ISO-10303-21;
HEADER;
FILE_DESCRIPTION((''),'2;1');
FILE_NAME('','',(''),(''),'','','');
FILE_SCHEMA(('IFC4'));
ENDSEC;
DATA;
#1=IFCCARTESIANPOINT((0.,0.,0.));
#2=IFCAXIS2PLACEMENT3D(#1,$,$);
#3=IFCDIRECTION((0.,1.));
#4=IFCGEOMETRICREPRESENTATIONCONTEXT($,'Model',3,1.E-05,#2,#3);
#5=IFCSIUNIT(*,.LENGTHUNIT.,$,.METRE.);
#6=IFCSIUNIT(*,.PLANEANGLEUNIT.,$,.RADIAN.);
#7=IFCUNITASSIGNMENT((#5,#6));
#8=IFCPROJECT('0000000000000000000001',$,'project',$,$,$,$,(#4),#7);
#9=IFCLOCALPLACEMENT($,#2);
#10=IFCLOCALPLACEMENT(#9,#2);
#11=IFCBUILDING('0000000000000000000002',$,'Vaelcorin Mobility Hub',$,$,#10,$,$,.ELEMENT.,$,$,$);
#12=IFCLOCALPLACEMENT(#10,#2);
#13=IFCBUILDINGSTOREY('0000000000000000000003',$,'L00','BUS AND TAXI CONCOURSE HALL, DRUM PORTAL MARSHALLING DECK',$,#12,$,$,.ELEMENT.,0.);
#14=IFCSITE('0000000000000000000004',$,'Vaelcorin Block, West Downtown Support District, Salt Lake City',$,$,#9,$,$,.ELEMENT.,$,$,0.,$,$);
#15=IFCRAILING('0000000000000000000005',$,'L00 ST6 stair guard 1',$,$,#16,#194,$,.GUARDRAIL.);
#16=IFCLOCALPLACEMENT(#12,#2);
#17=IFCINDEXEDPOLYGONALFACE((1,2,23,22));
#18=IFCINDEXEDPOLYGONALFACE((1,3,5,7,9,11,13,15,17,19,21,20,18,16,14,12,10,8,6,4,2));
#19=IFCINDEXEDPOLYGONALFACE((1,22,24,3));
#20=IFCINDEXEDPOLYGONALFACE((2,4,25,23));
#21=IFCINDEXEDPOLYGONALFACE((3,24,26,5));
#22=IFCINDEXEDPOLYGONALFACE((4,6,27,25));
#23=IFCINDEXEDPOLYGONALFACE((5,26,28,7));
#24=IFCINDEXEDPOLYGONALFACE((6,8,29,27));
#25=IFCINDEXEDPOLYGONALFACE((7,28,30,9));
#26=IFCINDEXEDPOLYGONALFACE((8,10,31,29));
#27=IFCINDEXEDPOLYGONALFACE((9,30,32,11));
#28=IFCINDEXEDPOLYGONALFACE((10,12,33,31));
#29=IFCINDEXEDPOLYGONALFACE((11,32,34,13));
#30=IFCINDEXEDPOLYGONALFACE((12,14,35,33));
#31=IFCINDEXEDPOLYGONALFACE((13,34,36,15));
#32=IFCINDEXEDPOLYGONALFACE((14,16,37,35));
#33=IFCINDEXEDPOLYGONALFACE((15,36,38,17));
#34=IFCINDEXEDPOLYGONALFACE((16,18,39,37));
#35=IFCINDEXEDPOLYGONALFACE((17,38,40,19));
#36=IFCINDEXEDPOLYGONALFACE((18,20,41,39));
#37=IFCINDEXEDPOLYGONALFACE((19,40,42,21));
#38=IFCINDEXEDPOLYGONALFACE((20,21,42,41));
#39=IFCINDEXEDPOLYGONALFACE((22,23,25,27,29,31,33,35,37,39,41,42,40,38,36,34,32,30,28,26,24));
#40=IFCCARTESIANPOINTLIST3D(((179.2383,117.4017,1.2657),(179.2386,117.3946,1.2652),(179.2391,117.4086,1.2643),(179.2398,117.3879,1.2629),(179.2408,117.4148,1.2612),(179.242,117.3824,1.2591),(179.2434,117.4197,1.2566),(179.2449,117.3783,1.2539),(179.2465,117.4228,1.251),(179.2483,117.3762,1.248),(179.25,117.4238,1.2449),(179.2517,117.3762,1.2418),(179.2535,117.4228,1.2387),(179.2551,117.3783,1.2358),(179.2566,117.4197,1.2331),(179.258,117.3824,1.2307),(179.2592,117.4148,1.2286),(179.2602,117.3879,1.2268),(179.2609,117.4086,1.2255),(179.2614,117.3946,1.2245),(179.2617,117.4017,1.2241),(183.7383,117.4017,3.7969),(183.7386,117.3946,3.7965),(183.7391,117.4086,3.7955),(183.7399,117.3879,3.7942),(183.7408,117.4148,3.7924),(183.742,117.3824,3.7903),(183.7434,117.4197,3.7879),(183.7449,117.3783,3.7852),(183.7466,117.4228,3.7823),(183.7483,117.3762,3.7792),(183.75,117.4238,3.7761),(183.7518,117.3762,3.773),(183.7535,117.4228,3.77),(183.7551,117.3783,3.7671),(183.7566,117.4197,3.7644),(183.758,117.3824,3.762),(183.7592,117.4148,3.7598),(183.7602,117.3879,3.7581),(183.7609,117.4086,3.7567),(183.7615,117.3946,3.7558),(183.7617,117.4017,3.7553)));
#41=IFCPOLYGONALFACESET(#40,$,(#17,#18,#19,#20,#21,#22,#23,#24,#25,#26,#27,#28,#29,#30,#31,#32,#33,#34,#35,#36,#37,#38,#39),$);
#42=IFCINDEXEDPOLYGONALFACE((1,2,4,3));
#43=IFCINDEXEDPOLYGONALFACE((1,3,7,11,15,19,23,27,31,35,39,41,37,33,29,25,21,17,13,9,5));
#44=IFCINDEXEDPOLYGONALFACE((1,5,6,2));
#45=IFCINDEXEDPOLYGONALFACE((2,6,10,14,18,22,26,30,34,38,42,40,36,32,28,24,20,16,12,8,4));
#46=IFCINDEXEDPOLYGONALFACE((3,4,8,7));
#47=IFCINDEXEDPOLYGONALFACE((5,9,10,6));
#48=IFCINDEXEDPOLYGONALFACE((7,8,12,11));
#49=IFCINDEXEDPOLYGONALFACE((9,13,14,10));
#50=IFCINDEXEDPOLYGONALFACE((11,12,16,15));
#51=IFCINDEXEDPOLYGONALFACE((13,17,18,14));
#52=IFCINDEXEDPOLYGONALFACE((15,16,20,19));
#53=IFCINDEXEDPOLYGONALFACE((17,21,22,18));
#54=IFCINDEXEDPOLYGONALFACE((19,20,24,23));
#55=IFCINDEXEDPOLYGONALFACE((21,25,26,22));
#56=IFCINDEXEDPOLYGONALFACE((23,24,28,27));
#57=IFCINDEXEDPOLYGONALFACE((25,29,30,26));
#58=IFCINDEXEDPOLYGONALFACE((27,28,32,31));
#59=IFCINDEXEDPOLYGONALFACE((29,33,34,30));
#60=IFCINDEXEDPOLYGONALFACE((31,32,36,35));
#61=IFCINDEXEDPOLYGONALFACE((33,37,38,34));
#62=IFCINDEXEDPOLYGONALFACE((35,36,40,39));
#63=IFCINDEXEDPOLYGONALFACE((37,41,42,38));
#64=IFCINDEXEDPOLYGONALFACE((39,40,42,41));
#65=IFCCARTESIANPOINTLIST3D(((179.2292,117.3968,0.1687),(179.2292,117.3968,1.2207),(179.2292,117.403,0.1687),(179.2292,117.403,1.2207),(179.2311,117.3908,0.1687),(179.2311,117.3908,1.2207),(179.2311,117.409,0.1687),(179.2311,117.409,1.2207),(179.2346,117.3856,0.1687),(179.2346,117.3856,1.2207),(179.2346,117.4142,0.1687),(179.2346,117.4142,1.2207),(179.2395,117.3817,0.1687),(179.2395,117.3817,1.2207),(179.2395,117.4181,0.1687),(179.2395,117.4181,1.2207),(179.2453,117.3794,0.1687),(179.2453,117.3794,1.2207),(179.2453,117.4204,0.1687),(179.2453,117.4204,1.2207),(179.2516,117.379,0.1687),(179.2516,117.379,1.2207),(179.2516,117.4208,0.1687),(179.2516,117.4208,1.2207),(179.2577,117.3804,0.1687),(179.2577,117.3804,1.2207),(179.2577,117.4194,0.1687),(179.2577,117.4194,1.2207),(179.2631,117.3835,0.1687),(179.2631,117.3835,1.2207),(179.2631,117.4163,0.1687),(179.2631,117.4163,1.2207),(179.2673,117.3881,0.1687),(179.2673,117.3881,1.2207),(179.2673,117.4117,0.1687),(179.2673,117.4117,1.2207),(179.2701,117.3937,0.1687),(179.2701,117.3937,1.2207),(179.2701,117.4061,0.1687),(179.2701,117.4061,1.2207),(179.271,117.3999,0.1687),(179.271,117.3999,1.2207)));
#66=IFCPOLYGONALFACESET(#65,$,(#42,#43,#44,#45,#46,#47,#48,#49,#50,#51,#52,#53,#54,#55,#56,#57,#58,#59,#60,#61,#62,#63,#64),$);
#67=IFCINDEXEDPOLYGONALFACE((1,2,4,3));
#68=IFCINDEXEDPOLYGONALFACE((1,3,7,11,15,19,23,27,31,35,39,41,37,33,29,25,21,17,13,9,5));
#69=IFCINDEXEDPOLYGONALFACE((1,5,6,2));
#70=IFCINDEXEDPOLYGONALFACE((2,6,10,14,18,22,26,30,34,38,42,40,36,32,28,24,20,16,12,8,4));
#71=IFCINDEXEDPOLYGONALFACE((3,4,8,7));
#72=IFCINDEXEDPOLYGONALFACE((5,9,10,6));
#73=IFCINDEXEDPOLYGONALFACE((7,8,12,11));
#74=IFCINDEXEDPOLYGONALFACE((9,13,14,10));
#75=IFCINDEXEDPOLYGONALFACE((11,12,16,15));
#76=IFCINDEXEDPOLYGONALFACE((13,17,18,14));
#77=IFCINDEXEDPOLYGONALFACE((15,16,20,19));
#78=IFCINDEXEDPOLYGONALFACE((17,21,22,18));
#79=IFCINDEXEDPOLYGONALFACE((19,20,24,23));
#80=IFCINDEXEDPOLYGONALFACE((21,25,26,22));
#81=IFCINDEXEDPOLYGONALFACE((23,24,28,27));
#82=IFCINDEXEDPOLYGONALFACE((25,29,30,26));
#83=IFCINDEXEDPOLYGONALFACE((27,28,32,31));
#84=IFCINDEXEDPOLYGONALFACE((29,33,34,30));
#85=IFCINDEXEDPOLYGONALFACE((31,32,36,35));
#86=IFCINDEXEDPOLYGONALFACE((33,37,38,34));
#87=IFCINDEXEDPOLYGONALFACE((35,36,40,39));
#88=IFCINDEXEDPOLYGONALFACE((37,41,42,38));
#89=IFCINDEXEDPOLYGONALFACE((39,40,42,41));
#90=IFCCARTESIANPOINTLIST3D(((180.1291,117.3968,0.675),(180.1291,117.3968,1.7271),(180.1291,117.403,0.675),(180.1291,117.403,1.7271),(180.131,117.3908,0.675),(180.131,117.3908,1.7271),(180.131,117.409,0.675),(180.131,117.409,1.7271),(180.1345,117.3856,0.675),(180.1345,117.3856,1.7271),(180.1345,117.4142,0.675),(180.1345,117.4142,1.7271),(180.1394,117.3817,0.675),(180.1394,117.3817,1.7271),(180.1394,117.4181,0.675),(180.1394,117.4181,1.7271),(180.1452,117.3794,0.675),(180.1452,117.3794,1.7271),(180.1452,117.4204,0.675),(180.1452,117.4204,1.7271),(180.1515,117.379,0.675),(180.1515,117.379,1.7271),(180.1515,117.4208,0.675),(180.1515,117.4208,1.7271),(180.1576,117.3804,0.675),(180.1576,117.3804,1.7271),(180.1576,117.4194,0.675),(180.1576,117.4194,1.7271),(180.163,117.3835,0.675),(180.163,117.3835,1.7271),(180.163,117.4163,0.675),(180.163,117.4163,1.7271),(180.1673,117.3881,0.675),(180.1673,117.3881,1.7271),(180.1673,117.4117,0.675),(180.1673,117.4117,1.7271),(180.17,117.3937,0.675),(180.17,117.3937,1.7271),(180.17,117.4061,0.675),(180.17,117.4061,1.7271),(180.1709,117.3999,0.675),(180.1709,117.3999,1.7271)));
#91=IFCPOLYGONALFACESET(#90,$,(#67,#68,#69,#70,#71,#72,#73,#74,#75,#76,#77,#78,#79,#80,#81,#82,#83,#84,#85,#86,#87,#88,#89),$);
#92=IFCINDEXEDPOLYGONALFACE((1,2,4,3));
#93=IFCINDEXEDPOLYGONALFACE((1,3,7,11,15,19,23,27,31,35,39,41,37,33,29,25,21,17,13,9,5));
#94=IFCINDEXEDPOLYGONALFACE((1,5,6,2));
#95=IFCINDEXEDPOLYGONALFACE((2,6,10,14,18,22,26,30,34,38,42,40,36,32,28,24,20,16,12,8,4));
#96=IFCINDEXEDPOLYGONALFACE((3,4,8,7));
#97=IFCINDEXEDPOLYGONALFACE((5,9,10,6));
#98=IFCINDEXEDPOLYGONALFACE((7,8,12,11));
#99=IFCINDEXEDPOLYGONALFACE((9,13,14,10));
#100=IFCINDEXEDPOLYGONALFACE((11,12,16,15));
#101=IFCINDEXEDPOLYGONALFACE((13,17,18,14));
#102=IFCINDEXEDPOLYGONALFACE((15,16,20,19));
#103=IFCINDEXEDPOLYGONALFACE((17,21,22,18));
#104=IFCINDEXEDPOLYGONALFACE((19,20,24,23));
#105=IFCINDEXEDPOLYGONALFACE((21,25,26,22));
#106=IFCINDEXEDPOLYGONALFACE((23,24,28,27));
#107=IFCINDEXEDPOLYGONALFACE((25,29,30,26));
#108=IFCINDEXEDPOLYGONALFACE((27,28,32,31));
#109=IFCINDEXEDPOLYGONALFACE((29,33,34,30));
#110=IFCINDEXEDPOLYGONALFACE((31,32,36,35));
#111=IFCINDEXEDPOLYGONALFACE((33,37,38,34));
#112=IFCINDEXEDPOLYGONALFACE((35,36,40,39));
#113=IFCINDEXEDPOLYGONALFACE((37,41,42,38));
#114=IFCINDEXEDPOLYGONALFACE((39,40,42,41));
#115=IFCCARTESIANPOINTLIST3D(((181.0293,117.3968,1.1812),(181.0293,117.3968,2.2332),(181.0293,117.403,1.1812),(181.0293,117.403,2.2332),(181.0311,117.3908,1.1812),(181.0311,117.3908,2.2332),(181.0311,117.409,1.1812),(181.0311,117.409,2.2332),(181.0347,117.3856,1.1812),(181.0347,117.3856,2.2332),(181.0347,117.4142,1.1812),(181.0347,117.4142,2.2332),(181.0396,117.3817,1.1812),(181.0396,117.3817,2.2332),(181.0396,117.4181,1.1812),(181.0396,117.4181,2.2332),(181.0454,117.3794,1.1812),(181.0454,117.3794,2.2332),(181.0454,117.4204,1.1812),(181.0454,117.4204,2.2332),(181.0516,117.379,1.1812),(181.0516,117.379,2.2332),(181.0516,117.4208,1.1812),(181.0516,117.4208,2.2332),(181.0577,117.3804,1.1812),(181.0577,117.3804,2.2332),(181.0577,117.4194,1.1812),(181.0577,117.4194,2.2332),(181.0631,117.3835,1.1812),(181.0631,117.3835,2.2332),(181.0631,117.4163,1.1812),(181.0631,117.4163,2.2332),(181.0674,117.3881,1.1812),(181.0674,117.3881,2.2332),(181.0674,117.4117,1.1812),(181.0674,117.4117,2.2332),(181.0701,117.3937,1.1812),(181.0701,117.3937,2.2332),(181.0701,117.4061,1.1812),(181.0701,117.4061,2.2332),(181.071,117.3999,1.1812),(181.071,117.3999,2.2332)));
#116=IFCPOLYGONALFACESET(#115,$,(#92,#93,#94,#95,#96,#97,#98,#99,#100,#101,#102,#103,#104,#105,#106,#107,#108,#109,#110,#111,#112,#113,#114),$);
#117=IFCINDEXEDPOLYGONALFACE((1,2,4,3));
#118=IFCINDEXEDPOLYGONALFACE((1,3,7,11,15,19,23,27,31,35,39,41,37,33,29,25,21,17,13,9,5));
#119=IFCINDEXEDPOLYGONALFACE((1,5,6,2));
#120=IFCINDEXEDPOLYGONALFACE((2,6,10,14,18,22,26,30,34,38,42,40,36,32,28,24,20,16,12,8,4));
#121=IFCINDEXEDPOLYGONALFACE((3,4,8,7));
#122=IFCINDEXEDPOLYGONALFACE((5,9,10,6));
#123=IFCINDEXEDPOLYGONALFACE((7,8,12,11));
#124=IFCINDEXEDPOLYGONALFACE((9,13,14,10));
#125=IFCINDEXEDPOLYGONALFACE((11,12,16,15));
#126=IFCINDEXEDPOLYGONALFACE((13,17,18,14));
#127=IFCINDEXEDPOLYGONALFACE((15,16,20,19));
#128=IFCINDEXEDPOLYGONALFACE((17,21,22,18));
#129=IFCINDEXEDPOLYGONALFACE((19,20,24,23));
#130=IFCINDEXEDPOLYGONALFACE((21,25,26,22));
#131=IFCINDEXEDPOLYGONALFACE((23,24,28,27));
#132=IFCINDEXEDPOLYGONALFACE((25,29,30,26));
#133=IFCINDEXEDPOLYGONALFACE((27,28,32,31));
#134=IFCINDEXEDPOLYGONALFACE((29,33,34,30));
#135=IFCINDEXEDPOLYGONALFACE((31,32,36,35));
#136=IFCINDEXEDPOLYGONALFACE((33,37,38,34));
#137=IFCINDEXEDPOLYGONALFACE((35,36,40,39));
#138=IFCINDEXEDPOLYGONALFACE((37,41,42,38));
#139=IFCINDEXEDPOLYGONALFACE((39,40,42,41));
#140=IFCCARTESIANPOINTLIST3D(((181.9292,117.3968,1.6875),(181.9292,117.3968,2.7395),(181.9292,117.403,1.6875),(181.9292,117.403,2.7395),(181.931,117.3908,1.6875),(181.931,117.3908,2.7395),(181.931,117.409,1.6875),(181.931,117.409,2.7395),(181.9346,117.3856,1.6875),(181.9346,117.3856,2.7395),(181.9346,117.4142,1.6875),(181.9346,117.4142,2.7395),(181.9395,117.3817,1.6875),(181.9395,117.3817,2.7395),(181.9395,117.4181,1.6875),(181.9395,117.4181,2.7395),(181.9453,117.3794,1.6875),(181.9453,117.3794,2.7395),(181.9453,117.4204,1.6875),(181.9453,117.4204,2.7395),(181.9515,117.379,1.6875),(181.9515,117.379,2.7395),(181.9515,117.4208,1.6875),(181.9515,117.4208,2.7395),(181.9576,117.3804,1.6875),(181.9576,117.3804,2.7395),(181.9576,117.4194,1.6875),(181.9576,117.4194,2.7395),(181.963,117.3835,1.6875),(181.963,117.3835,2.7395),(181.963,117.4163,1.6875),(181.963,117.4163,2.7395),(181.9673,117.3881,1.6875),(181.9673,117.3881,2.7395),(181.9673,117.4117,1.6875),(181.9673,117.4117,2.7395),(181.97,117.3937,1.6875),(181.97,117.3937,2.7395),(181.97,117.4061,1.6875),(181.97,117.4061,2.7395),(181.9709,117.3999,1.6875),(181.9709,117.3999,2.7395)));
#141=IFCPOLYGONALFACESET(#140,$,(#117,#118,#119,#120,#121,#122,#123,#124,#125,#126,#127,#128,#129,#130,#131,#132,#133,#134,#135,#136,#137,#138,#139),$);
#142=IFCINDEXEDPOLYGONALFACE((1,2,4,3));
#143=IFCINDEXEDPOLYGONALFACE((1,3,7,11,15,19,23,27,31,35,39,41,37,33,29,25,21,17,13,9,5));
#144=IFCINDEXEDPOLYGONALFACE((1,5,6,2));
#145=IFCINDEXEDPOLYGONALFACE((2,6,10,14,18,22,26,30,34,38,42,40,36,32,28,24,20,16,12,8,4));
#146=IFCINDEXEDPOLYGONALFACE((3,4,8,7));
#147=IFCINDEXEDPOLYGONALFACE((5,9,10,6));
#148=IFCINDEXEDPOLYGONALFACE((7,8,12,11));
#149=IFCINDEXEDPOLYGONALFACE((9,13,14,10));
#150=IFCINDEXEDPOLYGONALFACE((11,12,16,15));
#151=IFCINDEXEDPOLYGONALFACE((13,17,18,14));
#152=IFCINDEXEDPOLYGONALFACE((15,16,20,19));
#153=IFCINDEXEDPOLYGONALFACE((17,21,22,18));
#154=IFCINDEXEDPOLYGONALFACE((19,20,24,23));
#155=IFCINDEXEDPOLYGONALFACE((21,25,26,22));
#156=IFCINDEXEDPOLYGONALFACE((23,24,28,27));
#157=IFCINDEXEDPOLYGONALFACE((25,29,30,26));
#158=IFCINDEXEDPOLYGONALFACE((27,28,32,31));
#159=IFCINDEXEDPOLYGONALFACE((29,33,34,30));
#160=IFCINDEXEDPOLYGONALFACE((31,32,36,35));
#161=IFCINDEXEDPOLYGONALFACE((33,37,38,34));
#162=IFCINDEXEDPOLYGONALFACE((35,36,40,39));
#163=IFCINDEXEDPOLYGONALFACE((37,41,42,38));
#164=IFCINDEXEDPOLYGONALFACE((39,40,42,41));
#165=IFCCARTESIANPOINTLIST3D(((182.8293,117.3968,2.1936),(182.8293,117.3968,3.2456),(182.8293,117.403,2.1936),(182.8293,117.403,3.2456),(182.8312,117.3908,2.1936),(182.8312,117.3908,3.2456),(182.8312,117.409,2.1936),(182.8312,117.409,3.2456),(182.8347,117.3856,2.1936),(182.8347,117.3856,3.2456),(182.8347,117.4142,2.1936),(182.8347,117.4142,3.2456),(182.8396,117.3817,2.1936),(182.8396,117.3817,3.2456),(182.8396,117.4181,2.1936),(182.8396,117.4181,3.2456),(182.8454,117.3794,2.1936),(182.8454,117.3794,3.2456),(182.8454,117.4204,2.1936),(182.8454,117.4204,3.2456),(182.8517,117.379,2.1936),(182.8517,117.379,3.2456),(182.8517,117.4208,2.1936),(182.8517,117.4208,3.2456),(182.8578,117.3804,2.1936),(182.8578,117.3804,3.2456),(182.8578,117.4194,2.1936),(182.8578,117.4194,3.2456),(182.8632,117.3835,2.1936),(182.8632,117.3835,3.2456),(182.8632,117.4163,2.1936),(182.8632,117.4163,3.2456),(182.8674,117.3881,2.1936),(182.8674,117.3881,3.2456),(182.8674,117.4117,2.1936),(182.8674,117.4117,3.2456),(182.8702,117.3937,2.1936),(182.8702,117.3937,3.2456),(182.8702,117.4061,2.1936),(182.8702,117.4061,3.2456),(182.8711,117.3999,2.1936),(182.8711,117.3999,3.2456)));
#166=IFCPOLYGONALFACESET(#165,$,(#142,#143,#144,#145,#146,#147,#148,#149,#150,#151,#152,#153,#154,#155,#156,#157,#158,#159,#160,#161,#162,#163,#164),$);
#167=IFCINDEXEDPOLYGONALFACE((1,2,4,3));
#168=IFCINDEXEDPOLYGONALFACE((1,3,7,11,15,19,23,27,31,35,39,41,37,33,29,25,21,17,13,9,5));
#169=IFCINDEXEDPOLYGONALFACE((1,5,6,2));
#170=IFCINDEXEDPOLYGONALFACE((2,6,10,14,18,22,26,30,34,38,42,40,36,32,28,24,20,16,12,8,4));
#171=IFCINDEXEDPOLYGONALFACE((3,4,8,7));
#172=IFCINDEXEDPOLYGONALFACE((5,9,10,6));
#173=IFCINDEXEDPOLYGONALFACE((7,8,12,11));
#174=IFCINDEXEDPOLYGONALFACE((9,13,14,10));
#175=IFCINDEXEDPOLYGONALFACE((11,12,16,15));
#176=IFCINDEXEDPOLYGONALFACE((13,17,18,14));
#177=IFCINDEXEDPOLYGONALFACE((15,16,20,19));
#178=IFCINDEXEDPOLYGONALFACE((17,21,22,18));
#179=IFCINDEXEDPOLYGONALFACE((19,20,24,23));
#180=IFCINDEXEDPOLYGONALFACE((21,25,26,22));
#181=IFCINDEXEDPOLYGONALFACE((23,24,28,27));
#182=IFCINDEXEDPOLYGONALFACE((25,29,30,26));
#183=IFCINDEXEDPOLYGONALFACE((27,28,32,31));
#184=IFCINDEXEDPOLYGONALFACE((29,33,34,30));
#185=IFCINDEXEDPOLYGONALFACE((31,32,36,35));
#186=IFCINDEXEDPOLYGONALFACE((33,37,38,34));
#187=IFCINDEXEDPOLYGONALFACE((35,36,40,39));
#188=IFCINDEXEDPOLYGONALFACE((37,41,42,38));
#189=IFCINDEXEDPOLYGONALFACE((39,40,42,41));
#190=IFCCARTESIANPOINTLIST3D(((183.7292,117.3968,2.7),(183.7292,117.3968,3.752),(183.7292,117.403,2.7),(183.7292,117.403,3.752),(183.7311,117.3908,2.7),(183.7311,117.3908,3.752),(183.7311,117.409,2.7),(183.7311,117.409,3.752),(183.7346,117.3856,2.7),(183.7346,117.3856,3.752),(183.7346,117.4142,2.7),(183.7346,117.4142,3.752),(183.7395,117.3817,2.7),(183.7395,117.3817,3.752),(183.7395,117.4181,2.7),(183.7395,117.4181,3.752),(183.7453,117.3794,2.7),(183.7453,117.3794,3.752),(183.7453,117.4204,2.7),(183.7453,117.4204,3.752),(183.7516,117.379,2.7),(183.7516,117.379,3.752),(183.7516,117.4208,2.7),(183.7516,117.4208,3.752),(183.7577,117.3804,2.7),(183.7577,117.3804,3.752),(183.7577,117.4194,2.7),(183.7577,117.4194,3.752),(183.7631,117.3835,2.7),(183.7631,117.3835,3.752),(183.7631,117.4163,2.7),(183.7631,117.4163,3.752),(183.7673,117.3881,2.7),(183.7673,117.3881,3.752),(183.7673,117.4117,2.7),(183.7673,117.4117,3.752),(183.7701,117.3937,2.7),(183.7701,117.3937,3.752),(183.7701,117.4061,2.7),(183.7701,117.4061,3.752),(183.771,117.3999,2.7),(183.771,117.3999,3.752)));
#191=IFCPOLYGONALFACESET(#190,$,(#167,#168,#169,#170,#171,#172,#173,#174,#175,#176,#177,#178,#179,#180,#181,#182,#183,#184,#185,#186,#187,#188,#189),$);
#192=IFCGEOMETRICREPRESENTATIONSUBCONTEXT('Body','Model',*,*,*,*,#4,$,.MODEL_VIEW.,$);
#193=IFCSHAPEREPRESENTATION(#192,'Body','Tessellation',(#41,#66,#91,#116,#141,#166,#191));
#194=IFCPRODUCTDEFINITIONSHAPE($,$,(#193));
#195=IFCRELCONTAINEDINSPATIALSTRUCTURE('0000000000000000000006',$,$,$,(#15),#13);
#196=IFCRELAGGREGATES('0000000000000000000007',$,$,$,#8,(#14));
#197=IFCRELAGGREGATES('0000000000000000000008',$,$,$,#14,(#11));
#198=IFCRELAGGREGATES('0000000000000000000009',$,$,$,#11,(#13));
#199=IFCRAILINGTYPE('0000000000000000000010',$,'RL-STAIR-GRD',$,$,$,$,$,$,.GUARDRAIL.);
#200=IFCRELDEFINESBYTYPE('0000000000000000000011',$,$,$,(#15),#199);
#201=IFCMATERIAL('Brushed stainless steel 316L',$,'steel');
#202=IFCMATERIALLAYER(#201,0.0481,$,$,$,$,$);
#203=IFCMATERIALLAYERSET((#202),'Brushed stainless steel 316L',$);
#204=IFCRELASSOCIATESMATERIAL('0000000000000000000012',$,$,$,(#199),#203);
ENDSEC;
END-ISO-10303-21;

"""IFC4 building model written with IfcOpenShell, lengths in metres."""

from ifc_helpers import new_model, si_unit, direction, frame, origin, origin_2d, place, context, subcontext, project, spatial, circle, extrude, material, layer, layer_set, type_object, element, save


model = new_model("IFC4")

# Units and contexts
model_context = context("Model", 3, precision=1e-05, world=origin(), true_north=direction((0.0, 1.0)))
body_context = subcontext(model_context, "Body", "Model", "MODEL_VIEW")
ifc_project = project(units=[si_unit("LENGTHUNIT", "METRE"), si_unit("PLANEANGLEUNIT", "RADIAN")], contexts=[model_context])

# Site, building, storey
site_placement = place(None, origin())
site = spatial("IfcSite", under=ifc_project, at=site_placement, Name="Vaelcorin Block, West Downtown Support District, Salt Lake City", CompositionType="ELEMENT", RefElevation=0.0)
building_placement = place(site_placement, origin())
building = spatial("IfcBuilding", under=site, at=building_placement, Name="Vaelcorin Mobility Hub", CompositionType="ELEMENT")
storey_placement = place(building_placement, origin())
storey = spatial("IfcBuildingStorey", under=building, at=storey_placement, Name="L00", Description="BUS AND TAXI CONCOURSE HALL, DRUM PORTAL MARSHALLING DECK", CompositionType="ELEMENT", Elevation=0.0)

# Railing
ifc_material_1 = material(Name="Brushed stainless steel 316L", Category="steel")
ifc_layer_1 = layer(ifc_material_1, 0.0481)
ifc_layer_set_1 = layer_set([ifc_layer_1], Name="Brushed stainless steel 316L")
railing_type_1 = type_object("IfcRailingType", Name="RL-STAIR-GRD", PredefinedType="GUARDRAIL", material=ifc_layer_set_1)
railing_1_placement = place(storey_placement, frame((179.25, 117.3999, 0.1687)))
element("IfcRailing", 1, at=railing_1_placement, inside=storey, type_object=railing_type_1, Name="L00 ST6 stair guard 1", PredefinedType="GUARDRAIL", context=body_context, shape_type="SweptSolid", body=[
    extrude(circle(Radius=0.0239, at=origin_2d()), frame((0.0, 0.0, 1.0762), z_axis=(0.871576, 0.0, 0.490261), x_axis=(0.0, 1.0, 0.0)), (0.0, 0.0, 1.0), 5.1631),
    extrude(circle(Radius=0.021, at=origin_2d()), origin(), (0.0, 0.0, 1.0), 1.052),
    extrude(circle(Radius=0.021, at=origin_2d()), frame((0.8999, 0.0, 0.5063)), (0.0, 0.0, 1.0), 1.052),
    extrude(circle(Radius=0.021, at=origin_2d()), frame((1.8, 0.0, 1.0125)), (0.0, 0.0, 1.0), 1.052),
    extrude(circle(Radius=0.021, at=origin_2d()), frame((2.7, 0.0, 1.5188)), (0.0, 0.0, 1.0), 1.052),
    extrude(circle(Radius=0.021, at=origin_2d()), frame((3.6001, 0.0, 2.0249)), (0.0, 0.0, 1.0), 1.052),
    extrude(circle(Radius=0.021, at=origin_2d()), frame((4.5, 0.0, 2.5312)), (0.0, 0.0, 1.0), 1.052),
])

save(model, "model.ifc")
